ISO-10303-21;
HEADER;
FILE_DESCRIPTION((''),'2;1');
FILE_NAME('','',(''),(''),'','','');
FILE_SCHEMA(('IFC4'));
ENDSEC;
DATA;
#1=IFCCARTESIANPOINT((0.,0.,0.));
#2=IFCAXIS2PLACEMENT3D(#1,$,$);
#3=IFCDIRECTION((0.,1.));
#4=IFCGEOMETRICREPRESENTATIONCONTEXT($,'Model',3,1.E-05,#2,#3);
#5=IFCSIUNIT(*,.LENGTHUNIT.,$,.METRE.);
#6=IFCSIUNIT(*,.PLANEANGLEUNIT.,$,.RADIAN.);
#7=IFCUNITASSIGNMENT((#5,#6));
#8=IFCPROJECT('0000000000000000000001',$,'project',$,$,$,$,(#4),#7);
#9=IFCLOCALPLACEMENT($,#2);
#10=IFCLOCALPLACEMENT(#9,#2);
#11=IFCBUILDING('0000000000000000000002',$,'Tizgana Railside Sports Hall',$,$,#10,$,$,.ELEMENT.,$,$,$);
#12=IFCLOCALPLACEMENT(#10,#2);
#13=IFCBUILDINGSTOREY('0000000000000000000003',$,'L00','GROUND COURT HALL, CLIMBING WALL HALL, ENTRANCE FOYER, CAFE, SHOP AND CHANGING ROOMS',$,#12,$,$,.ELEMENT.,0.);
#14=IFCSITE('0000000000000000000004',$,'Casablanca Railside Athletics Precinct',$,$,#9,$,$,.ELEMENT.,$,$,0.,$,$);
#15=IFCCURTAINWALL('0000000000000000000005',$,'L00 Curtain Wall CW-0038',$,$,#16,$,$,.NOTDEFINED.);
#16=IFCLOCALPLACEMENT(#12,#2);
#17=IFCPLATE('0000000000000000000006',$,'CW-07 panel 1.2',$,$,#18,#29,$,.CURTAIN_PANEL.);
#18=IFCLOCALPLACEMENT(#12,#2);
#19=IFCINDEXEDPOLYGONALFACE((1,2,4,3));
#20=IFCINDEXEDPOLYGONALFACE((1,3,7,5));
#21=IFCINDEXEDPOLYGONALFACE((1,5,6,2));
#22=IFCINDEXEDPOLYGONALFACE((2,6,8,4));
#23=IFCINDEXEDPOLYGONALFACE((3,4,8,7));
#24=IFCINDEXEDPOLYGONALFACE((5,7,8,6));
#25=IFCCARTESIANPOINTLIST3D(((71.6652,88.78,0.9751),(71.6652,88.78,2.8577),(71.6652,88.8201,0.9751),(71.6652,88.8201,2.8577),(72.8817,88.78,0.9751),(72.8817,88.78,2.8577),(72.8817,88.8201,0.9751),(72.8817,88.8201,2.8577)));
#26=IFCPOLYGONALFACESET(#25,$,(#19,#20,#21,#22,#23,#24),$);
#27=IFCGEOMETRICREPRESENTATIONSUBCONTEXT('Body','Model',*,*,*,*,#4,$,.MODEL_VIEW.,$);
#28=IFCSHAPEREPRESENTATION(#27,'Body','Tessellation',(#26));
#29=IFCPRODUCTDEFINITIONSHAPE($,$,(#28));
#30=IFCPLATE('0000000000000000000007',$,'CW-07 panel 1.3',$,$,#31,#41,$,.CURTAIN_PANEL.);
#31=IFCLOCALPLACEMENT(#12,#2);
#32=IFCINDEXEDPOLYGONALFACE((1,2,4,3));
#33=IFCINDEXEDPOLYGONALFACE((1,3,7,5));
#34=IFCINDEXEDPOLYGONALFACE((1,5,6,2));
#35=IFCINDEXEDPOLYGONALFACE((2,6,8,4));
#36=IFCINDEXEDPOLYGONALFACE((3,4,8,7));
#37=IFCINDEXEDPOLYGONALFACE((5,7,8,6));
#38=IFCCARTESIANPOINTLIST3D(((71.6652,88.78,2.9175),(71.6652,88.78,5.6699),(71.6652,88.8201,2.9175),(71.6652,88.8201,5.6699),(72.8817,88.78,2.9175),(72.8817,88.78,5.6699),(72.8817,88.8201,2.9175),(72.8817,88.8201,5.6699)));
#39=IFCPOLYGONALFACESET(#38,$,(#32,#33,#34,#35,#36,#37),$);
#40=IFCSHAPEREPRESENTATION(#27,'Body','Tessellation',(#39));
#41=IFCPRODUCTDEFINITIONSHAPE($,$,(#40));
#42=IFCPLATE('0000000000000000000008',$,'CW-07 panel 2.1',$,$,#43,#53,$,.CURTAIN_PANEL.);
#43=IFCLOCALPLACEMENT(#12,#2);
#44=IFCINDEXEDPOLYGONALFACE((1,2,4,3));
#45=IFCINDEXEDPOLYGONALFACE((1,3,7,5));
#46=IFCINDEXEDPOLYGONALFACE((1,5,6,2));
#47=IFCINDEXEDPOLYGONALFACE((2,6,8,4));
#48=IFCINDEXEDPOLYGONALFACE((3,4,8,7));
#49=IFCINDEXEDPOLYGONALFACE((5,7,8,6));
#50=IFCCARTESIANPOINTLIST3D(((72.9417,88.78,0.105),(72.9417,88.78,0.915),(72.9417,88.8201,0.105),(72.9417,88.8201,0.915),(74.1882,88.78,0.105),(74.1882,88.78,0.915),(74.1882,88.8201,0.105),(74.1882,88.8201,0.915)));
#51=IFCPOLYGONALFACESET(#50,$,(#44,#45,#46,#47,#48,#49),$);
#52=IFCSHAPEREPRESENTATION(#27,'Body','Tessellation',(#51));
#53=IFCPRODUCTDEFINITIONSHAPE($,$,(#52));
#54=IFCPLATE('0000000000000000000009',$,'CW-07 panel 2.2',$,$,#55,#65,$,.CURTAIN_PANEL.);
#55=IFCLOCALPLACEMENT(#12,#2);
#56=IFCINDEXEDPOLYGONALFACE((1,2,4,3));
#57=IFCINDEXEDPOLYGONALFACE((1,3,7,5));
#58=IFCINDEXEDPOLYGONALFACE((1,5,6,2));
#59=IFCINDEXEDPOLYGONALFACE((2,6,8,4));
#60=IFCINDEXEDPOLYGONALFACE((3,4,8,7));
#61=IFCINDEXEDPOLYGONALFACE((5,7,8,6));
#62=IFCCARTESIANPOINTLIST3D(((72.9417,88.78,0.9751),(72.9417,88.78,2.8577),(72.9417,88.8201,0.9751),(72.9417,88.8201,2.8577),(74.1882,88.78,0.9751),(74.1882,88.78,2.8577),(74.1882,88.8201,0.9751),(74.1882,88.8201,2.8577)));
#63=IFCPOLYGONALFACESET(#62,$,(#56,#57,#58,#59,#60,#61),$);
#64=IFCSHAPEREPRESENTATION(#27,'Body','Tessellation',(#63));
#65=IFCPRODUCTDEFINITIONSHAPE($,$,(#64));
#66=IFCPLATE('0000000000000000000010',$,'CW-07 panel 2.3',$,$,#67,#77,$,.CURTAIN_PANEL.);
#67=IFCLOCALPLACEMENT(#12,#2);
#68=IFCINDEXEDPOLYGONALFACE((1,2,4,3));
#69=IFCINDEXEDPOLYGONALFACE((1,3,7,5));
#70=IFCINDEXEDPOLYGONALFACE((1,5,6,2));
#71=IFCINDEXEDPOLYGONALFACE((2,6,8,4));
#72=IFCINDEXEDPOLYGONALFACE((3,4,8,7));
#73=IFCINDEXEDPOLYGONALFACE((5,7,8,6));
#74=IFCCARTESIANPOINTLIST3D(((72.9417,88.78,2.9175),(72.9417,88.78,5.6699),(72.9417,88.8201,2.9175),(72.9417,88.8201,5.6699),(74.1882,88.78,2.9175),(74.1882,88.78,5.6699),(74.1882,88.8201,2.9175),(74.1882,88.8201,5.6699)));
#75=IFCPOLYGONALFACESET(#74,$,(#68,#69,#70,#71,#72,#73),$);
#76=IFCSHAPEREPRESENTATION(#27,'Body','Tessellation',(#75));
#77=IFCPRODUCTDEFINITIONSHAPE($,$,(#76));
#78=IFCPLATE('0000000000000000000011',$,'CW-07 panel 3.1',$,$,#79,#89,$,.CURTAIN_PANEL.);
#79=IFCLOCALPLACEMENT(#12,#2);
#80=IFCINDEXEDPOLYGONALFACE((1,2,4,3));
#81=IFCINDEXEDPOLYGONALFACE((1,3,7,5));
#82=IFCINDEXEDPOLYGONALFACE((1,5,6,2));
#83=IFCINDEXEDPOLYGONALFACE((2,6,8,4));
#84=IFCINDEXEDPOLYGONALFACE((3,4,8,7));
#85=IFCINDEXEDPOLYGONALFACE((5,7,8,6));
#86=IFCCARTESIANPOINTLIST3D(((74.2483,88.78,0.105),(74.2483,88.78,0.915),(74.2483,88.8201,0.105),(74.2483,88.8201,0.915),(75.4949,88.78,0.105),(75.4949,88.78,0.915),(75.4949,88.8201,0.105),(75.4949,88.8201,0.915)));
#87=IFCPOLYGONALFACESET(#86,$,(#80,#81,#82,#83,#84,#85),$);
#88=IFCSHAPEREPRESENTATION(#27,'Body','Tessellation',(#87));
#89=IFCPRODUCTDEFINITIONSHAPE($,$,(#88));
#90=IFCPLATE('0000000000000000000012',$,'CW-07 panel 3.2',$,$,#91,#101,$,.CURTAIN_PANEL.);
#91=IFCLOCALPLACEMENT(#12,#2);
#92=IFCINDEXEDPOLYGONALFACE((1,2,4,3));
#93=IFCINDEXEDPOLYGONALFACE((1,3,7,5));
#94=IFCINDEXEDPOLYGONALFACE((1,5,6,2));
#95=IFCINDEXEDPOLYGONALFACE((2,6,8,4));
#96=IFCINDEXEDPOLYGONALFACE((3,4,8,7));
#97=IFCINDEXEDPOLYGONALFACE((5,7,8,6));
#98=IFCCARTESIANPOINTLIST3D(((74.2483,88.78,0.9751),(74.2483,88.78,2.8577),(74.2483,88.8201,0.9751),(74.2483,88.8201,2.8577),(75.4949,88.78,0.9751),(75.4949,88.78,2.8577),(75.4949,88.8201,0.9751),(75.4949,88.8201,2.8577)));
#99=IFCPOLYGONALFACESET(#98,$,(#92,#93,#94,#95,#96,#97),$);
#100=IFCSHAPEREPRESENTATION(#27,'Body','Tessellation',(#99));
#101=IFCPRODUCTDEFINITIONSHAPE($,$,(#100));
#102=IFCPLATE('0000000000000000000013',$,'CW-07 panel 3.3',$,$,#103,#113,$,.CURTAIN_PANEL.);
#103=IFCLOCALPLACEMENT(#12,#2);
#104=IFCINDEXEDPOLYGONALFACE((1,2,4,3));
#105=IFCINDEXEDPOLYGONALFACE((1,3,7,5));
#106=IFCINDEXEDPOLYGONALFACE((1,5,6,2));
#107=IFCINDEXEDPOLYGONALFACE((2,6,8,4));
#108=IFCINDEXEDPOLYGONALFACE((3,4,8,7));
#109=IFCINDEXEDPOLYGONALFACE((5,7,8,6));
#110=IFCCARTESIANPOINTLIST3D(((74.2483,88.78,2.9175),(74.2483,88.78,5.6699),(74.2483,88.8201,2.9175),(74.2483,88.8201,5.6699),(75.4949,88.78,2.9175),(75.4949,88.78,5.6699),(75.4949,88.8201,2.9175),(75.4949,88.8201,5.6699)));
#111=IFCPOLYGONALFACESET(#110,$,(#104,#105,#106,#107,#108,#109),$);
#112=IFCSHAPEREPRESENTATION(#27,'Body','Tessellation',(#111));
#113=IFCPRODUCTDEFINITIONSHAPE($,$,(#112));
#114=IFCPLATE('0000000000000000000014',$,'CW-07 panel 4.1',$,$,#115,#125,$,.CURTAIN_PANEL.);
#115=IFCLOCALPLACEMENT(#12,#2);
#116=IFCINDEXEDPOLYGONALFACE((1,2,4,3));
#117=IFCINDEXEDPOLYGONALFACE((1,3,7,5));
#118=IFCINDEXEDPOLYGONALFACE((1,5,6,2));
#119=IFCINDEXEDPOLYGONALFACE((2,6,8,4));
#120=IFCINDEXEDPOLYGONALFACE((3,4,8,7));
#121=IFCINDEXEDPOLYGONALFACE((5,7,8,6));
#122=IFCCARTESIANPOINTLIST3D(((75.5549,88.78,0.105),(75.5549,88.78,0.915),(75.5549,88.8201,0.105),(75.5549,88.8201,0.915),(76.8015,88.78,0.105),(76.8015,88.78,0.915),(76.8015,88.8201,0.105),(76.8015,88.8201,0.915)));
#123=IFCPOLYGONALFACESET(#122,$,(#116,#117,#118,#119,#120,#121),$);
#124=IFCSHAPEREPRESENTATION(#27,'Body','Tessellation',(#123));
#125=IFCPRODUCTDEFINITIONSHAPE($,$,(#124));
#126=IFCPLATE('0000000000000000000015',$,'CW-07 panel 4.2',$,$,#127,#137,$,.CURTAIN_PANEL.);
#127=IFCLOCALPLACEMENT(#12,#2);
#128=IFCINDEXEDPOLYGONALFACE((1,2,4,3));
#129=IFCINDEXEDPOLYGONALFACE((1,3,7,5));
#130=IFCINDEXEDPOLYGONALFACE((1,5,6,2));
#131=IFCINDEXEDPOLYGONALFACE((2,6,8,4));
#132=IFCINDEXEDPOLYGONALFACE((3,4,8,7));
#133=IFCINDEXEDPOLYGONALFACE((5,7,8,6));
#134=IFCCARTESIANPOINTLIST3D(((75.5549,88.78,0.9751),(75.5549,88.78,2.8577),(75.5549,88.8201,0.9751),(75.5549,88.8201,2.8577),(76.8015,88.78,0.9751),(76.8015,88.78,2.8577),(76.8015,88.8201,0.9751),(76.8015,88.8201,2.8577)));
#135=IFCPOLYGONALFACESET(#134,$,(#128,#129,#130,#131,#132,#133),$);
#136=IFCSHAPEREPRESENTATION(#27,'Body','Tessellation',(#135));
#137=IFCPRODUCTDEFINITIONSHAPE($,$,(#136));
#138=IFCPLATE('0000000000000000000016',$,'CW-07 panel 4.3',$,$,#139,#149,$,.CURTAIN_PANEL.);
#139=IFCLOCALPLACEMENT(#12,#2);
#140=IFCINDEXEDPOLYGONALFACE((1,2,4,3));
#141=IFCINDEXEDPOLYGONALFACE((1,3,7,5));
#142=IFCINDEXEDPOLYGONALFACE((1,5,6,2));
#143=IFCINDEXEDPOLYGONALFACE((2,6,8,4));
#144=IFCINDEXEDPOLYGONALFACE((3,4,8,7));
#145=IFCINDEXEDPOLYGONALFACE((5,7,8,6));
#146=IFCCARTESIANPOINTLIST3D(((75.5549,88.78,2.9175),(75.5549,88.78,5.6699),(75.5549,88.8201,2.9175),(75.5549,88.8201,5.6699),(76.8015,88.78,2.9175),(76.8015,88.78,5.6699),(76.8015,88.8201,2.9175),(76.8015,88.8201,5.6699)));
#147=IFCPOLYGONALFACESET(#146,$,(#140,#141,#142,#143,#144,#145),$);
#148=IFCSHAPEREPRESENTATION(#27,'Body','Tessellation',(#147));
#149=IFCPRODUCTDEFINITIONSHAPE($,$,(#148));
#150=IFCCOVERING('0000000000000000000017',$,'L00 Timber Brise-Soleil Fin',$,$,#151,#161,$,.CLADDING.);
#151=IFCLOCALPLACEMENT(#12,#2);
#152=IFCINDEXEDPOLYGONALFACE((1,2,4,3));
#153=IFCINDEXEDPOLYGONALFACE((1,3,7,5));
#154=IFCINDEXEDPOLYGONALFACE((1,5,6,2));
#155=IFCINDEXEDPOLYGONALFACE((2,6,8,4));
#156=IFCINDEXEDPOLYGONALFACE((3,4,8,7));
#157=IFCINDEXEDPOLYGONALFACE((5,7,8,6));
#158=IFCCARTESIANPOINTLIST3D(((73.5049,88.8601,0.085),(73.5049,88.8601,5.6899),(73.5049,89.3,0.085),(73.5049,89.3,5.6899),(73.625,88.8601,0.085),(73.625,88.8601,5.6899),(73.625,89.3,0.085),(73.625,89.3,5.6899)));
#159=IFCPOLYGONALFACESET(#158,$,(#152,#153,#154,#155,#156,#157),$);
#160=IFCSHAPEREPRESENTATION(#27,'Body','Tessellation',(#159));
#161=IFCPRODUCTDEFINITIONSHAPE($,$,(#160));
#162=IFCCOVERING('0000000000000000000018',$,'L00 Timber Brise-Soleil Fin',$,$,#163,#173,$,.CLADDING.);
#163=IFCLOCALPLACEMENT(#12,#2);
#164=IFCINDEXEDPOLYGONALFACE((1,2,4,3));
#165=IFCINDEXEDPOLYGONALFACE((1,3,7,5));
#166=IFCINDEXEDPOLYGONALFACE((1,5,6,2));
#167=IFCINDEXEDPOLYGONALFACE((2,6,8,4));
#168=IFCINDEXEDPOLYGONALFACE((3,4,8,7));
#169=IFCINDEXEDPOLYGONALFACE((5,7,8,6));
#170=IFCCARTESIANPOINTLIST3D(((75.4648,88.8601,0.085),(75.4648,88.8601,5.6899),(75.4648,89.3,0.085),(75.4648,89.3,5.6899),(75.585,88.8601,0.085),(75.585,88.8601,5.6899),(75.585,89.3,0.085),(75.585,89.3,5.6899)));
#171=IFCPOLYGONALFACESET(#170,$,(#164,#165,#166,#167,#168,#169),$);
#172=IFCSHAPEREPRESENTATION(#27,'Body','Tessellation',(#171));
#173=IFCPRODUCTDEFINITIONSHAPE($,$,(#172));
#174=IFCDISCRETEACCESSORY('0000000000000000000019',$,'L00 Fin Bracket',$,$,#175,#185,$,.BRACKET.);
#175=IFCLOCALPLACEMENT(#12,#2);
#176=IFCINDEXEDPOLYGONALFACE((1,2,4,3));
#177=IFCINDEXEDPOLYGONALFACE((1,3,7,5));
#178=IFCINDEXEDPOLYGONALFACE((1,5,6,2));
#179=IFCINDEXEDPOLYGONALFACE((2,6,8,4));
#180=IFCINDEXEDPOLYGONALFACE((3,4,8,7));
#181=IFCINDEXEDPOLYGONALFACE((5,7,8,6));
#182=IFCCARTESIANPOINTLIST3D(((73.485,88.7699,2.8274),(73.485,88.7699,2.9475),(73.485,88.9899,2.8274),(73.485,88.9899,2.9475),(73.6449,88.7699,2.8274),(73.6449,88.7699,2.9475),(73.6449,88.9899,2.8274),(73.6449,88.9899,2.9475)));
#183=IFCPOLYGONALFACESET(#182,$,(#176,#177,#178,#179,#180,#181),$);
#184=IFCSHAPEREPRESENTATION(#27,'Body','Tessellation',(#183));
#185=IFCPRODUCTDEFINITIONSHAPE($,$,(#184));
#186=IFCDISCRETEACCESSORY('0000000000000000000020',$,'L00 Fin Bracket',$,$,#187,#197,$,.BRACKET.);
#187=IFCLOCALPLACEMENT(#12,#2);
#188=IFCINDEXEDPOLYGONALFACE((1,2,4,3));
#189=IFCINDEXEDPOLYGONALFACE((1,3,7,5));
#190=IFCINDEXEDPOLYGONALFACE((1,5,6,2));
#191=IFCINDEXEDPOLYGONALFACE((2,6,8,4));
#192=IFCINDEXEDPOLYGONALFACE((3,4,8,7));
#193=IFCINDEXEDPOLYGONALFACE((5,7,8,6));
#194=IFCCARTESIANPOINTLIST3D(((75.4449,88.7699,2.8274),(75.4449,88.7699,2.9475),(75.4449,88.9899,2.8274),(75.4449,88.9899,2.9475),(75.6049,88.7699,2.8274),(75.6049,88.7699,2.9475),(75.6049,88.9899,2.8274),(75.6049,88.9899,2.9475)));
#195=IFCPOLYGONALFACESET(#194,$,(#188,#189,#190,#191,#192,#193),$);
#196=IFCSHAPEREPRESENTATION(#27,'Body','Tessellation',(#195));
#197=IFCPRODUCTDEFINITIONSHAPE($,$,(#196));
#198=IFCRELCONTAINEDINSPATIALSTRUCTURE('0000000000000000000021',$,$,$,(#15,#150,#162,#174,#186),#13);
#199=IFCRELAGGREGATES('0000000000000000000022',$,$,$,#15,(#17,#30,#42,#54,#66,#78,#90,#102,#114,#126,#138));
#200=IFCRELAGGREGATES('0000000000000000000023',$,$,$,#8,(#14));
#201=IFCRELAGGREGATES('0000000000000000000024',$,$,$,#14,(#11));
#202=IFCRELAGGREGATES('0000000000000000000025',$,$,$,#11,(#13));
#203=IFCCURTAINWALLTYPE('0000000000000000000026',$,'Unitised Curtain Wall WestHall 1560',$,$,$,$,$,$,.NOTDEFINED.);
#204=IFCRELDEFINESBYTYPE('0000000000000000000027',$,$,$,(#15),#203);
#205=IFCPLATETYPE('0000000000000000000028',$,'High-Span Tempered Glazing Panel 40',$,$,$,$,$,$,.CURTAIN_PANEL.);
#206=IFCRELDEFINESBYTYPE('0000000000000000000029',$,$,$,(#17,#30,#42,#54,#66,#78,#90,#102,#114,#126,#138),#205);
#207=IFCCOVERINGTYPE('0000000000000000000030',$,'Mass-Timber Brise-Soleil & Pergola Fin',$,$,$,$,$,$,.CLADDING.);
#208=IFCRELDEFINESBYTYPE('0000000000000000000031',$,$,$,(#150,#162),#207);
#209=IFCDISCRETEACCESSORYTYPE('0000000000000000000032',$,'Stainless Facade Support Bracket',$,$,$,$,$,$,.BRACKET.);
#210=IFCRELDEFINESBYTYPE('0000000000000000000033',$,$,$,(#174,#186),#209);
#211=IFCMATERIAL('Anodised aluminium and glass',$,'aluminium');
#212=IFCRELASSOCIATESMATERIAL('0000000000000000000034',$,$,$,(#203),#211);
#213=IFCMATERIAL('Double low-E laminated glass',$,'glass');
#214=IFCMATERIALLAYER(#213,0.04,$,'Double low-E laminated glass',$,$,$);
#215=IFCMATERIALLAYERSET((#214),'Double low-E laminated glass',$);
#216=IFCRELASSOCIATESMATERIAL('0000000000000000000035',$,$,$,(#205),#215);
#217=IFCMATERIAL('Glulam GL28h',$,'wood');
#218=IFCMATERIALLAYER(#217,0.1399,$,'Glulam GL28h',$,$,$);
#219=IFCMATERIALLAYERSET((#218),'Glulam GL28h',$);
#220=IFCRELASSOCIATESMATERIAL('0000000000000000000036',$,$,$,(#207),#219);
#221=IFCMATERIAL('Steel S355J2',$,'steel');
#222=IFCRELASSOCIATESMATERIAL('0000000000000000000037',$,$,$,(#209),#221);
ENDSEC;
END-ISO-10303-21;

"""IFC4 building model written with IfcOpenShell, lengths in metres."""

from ifc_helpers import new_model, si_unit, direction, frame, origin, origin_2d, place, context, subcontext, project, spatial, rectangle, extrude, material, layer, layer_set, type_object, element, aggregate, save


model = new_model("IFC4")

# Units and contexts
model_context = context("Model", 3, precision=1e-05, world=origin(), true_north=direction((0.0, 1.0)))
body_context = subcontext(model_context, "Body", "Model", "MODEL_VIEW")
ifc_project = project(units=[si_unit("LENGTHUNIT", "METRE"), si_unit("PLANEANGLEUNIT", "RADIAN")], contexts=[model_context])

# Site, building, storey
site_placement = place(None, origin())
site = spatial("IfcSite", under=ifc_project, at=site_placement, Name="Casablanca Railside Athletics Precinct", CompositionType="ELEMENT", RefElevation=0.0)
building_placement = place(site_placement, origin())
building = spatial("IfcBuilding", under=site, at=building_placement, Name="Tizgana Railside Sports Hall", CompositionType="ELEMENT")
storey_placement = place(building_placement, origin())
storey = spatial("IfcBuildingStorey", under=building, at=storey_placement, Name="L00", Description="GROUND COURT HALL, CLIMBING WALL HALL, ENTRANCE FOYER, CAFE, SHOP AND CHANGING ROOMS", CompositionType="ELEMENT", Elevation=0.0)

# Curtain wall, plates
ifc_material_1 = material(Name="Anodised aluminium and glass", Category="aluminium")
curtain_wall_type = type_object("IfcCurtainWallType", Name="Unitised Curtain Wall WestHall 1560", PredefinedType="NOTDEFINED", material=ifc_material_1)
curtain_wall_placement = place(storey_placement, origin())
curtain_wall = element("IfcCurtainWall", 1, at=curtain_wall_placement, inside=storey, type_object=curtain_wall_type, Name="L00 Curtain Wall CW-0038", PredefinedType="NOTDEFINED")
ifc_material_2 = material(Name="Double low-E laminated glass", Category="glass")
ifc_layer_1 = layer(ifc_material_2, 0.04, Name="Double low-E laminated glass")
ifc_layer_set_1 = layer_set([ifc_layer_1], Name="Double low-E laminated glass")
plate_type = type_object("IfcPlateType", Name="High-Span Tempered Glazing Panel 40", PredefinedType="CURTAIN_PANEL", material=ifc_layer_set_1)
plate_1_placement = place(storey_placement, frame((72.2734, 88.8, 0.9751), z_axis=(0.0, 0.0, 1.0), x_axis=(1.0, 0.0, 0.0)))
plate_1 = element("IfcPlate", 2, at=plate_1_placement, type_object=plate_type, Name="CW-07 panel 1.2", PredefinedType="CURTAIN_PANEL", context=body_context, shape_type="SweptSolid", body=[
    extrude(rectangle(XDim=1.2166, YDim=0.04, at=origin_2d()), origin(), (0.0, 0.0, 1.0), 1.8826),
])
plate_2_placement = place(storey_placement, frame((72.2734, 88.8, 2.9175), z_axis=(0.0, 0.0, 1.0), x_axis=(1.0, 0.0, 0.0)))
plate_2 = element("IfcPlate", 3, at=plate_2_placement, type_object=plate_type, Name="CW-07 panel 1.3", PredefinedType="CURTAIN_PANEL", context=body_context, shape_type="SweptSolid", body=[
    extrude(rectangle(XDim=1.2166, YDim=0.04, at=origin_2d()), origin(), (0.0, 0.0, 1.0), 2.7524),
])
plate_3_placement = place(storey_placement, frame((73.5649, 88.8, 0.105), z_axis=(0.0, 0.0, 1.0), x_axis=(1.0, 0.0, 0.0)))
plate_3 = element("IfcPlate", 4, at=plate_3_placement, type_object=plate_type, Name="CW-07 panel 2.1", PredefinedType="CURTAIN_PANEL", context=body_context, shape_type="SweptSolid", body=[
    extrude(rectangle(XDim=1.2466, YDim=0.04, at=origin_2d()), origin(), (0.0, 0.0, 1.0), 0.8101),
])
plate_4_placement = place(storey_placement, frame((73.5649, 88.8, 0.9751), z_axis=(0.0, 0.0, 1.0), x_axis=(1.0, 0.0, 0.0)))
plate_4 = element("IfcPlate", 5, at=plate_4_placement, type_object=plate_type, Name="CW-07 panel 2.2", PredefinedType="CURTAIN_PANEL", context=body_context, shape_type="SweptSolid", body=[
    extrude(rectangle(XDim=1.2466, YDim=0.04, at=origin_2d()), origin(), (0.0, 0.0, 1.0), 1.8826),
])
plate_5_placement = place(storey_placement, frame((73.5649, 88.8, 2.9175), z_axis=(0.0, 0.0, 1.0), x_axis=(1.0, 0.0, 0.0)))
plate_5 = element("IfcPlate", 6, at=plate_5_placement, type_object=plate_type, Name="CW-07 panel 2.3", PredefinedType="CURTAIN_PANEL", context=body_context, shape_type="SweptSolid", body=[
    extrude(rectangle(XDim=1.2466, YDim=0.04, at=origin_2d()), origin(), (0.0, 0.0, 1.0), 2.7524),
])
plate_6_placement = place(storey_placement, frame((74.8716, 88.8, 0.105), z_axis=(0.0, 0.0, 1.0), x_axis=(1.0, 0.0, 0.0)))
plate_6 = element("IfcPlate", 7, at=plate_6_placement, type_object=plate_type, Name="CW-07 panel 3.1", PredefinedType="CURTAIN_PANEL", context=body_context, shape_type="SweptSolid", body=[
    extrude(rectangle(XDim=1.2466, YDim=0.04, at=origin_2d()), origin(), (0.0, 0.0, 1.0), 0.8101),
])
plate_7_placement = place(storey_placement, frame((74.8716, 88.8, 0.9751), z_axis=(0.0, 0.0, 1.0), x_axis=(1.0, 0.0, 0.0)))
plate_7 = element("IfcPlate", 8, at=plate_7_placement, type_object=plate_type, Name="CW-07 panel 3.2", PredefinedType="CURTAIN_PANEL", context=body_context, shape_type="SweptSolid", body=[
    extrude(rectangle(XDim=1.2466, YDim=0.04, at=origin_2d()), origin(), (0.0, 0.0, 1.0), 1.8826),
])
plate_8_placement = place(storey_placement, frame((74.8716, 88.8, 2.9175), z_axis=(0.0, 0.0, 1.0), x_axis=(1.0, 0.0, 0.0)))
plate_8 = element("IfcPlate", 9, at=plate_8_placement, type_object=plate_type, Name="CW-07 panel 3.3", PredefinedType="CURTAIN_PANEL", context=body_context, shape_type="SweptSolid", body=[
    extrude(rectangle(XDim=1.2466, YDim=0.04, at=origin_2d()), origin(), (0.0, 0.0, 1.0), 2.7524),
])
plate_9_placement = place(storey_placement, frame((76.1782, 88.8, 0.105), z_axis=(0.0, 0.0, 1.0), x_axis=(1.0, 0.0, 0.0)))
plate_9 = element("IfcPlate", 10, at=plate_9_placement, type_object=plate_type, Name="CW-07 panel 4.1", PredefinedType="CURTAIN_PANEL", context=body_context, shape_type="SweptSolid", body=[
    extrude(rectangle(XDim=1.2466, YDim=0.04, at=origin_2d()), origin(), (0.0, 0.0, 1.0), 0.8101),
])
plate_10_placement = place(storey_placement, frame((76.1782, 88.8, 0.9751), z_axis=(0.0, 0.0, 1.0), x_axis=(1.0, 0.0, 0.0)))
plate_10 = element("IfcPlate", 11, at=plate_10_placement, type_object=plate_type, Name="CW-07 panel 4.2", PredefinedType="CURTAIN_PANEL", context=body_context, shape_type="SweptSolid", body=[
    extrude(rectangle(XDim=1.2466, YDim=0.04, at=origin_2d()), origin(), (0.0, 0.0, 1.0), 1.8826),
])
plate_11_placement = place(storey_placement, frame((76.1782, 88.8, 2.9175), z_axis=(0.0, 0.0, 1.0), x_axis=(1.0, 0.0, 0.0)))
plate_11 = element("IfcPlate", 12, at=plate_11_placement, type_object=plate_type, Name="CW-07 panel 4.3", PredefinedType="CURTAIN_PANEL", context=body_context, shape_type="SweptSolid", body=[
    extrude(rectangle(XDim=1.2466, YDim=0.04, at=origin_2d()), origin(), (0.0, 0.0, 1.0), 2.7524),
])
aggregate(curtain_wall, [plate_1, plate_2, plate_3, plate_4, plate_5, plate_6, plate_7, plate_8, plate_9, plate_10, plate_11])

# Coverings
ifc_material_3 = material(Name="Glulam GL28h", Category="wood")
ifc_layer_2 = layer(ifc_material_3, 0.1399, Name="Glulam GL28h")
ifc_layer_set_2 = layer_set([ifc_layer_2], Name="Glulam GL28h")
covering_type = type_object("IfcCoveringType", Name="Mass-Timber Brise-Soleil & Pergola Fin", PredefinedType="CLADDING", material=ifc_layer_set_2)
for number, where, z_axis, x_axis, name in (
    (13, (73.5649, 89.0801, 0.085), (0.0, 0.0, 1.0), (1.0, 0.0, 0.0), "L00 Timber Brise-Soleil Fin"),
    (14, (75.5249, 89.0801, 0.085), (0.0, 0.0, 1.0), (1.0, 0.0, 0.0), "L00 Timber Brise-Soleil Fin"),
):
    element("IfcCovering", number, at=place(storey_placement, frame(where, z_axis=z_axis, x_axis=x_axis)), inside=storey, type_object=covering_type, Name=name, PredefinedType="CLADDING", context=body_context, shape_type="SweptSolid", body=[
        extrude(rectangle(XDim=0.1201, YDim=0.4399, at=origin_2d()), origin(), (0.0, 0.0, 1.0), 5.605),
    ])

# Discrete accessories
ifc_material_4 = material(Name="Steel S355J2", Category="steel")
discrete_accessory_type = type_object("IfcDiscreteAccessoryType", Name="Stainless Facade Support Bracket", PredefinedType="BRACKET", material=ifc_material_4)
for number, where, z_axis, x_axis, name in (
    (15, (73.5649, 88.8799, 2.8274), (0.0, 0.0, 1.0), (1.0, 0.0, 0.0), "L00 Fin Bracket"),
    (16, (75.5249, 88.8799, 2.8274), (0.0, 0.0, 1.0), (1.0, 0.0, 0.0), "L00 Fin Bracket"),
):
    element("IfcDiscreteAccessory", number, at=place(storey_placement, frame(where, z_axis=z_axis, x_axis=x_axis)), inside=storey, type_object=discrete_accessory_type, Name=name, PredefinedType="BRACKET", context=body_context, shape_type="SweptSolid", body=[
        extrude(rectangle(XDim=0.1599, YDim=0.22, at=origin_2d()), origin(), (0.0, 0.0, 1.0), 0.1201),
    ])

save(model, "model.ifc")
